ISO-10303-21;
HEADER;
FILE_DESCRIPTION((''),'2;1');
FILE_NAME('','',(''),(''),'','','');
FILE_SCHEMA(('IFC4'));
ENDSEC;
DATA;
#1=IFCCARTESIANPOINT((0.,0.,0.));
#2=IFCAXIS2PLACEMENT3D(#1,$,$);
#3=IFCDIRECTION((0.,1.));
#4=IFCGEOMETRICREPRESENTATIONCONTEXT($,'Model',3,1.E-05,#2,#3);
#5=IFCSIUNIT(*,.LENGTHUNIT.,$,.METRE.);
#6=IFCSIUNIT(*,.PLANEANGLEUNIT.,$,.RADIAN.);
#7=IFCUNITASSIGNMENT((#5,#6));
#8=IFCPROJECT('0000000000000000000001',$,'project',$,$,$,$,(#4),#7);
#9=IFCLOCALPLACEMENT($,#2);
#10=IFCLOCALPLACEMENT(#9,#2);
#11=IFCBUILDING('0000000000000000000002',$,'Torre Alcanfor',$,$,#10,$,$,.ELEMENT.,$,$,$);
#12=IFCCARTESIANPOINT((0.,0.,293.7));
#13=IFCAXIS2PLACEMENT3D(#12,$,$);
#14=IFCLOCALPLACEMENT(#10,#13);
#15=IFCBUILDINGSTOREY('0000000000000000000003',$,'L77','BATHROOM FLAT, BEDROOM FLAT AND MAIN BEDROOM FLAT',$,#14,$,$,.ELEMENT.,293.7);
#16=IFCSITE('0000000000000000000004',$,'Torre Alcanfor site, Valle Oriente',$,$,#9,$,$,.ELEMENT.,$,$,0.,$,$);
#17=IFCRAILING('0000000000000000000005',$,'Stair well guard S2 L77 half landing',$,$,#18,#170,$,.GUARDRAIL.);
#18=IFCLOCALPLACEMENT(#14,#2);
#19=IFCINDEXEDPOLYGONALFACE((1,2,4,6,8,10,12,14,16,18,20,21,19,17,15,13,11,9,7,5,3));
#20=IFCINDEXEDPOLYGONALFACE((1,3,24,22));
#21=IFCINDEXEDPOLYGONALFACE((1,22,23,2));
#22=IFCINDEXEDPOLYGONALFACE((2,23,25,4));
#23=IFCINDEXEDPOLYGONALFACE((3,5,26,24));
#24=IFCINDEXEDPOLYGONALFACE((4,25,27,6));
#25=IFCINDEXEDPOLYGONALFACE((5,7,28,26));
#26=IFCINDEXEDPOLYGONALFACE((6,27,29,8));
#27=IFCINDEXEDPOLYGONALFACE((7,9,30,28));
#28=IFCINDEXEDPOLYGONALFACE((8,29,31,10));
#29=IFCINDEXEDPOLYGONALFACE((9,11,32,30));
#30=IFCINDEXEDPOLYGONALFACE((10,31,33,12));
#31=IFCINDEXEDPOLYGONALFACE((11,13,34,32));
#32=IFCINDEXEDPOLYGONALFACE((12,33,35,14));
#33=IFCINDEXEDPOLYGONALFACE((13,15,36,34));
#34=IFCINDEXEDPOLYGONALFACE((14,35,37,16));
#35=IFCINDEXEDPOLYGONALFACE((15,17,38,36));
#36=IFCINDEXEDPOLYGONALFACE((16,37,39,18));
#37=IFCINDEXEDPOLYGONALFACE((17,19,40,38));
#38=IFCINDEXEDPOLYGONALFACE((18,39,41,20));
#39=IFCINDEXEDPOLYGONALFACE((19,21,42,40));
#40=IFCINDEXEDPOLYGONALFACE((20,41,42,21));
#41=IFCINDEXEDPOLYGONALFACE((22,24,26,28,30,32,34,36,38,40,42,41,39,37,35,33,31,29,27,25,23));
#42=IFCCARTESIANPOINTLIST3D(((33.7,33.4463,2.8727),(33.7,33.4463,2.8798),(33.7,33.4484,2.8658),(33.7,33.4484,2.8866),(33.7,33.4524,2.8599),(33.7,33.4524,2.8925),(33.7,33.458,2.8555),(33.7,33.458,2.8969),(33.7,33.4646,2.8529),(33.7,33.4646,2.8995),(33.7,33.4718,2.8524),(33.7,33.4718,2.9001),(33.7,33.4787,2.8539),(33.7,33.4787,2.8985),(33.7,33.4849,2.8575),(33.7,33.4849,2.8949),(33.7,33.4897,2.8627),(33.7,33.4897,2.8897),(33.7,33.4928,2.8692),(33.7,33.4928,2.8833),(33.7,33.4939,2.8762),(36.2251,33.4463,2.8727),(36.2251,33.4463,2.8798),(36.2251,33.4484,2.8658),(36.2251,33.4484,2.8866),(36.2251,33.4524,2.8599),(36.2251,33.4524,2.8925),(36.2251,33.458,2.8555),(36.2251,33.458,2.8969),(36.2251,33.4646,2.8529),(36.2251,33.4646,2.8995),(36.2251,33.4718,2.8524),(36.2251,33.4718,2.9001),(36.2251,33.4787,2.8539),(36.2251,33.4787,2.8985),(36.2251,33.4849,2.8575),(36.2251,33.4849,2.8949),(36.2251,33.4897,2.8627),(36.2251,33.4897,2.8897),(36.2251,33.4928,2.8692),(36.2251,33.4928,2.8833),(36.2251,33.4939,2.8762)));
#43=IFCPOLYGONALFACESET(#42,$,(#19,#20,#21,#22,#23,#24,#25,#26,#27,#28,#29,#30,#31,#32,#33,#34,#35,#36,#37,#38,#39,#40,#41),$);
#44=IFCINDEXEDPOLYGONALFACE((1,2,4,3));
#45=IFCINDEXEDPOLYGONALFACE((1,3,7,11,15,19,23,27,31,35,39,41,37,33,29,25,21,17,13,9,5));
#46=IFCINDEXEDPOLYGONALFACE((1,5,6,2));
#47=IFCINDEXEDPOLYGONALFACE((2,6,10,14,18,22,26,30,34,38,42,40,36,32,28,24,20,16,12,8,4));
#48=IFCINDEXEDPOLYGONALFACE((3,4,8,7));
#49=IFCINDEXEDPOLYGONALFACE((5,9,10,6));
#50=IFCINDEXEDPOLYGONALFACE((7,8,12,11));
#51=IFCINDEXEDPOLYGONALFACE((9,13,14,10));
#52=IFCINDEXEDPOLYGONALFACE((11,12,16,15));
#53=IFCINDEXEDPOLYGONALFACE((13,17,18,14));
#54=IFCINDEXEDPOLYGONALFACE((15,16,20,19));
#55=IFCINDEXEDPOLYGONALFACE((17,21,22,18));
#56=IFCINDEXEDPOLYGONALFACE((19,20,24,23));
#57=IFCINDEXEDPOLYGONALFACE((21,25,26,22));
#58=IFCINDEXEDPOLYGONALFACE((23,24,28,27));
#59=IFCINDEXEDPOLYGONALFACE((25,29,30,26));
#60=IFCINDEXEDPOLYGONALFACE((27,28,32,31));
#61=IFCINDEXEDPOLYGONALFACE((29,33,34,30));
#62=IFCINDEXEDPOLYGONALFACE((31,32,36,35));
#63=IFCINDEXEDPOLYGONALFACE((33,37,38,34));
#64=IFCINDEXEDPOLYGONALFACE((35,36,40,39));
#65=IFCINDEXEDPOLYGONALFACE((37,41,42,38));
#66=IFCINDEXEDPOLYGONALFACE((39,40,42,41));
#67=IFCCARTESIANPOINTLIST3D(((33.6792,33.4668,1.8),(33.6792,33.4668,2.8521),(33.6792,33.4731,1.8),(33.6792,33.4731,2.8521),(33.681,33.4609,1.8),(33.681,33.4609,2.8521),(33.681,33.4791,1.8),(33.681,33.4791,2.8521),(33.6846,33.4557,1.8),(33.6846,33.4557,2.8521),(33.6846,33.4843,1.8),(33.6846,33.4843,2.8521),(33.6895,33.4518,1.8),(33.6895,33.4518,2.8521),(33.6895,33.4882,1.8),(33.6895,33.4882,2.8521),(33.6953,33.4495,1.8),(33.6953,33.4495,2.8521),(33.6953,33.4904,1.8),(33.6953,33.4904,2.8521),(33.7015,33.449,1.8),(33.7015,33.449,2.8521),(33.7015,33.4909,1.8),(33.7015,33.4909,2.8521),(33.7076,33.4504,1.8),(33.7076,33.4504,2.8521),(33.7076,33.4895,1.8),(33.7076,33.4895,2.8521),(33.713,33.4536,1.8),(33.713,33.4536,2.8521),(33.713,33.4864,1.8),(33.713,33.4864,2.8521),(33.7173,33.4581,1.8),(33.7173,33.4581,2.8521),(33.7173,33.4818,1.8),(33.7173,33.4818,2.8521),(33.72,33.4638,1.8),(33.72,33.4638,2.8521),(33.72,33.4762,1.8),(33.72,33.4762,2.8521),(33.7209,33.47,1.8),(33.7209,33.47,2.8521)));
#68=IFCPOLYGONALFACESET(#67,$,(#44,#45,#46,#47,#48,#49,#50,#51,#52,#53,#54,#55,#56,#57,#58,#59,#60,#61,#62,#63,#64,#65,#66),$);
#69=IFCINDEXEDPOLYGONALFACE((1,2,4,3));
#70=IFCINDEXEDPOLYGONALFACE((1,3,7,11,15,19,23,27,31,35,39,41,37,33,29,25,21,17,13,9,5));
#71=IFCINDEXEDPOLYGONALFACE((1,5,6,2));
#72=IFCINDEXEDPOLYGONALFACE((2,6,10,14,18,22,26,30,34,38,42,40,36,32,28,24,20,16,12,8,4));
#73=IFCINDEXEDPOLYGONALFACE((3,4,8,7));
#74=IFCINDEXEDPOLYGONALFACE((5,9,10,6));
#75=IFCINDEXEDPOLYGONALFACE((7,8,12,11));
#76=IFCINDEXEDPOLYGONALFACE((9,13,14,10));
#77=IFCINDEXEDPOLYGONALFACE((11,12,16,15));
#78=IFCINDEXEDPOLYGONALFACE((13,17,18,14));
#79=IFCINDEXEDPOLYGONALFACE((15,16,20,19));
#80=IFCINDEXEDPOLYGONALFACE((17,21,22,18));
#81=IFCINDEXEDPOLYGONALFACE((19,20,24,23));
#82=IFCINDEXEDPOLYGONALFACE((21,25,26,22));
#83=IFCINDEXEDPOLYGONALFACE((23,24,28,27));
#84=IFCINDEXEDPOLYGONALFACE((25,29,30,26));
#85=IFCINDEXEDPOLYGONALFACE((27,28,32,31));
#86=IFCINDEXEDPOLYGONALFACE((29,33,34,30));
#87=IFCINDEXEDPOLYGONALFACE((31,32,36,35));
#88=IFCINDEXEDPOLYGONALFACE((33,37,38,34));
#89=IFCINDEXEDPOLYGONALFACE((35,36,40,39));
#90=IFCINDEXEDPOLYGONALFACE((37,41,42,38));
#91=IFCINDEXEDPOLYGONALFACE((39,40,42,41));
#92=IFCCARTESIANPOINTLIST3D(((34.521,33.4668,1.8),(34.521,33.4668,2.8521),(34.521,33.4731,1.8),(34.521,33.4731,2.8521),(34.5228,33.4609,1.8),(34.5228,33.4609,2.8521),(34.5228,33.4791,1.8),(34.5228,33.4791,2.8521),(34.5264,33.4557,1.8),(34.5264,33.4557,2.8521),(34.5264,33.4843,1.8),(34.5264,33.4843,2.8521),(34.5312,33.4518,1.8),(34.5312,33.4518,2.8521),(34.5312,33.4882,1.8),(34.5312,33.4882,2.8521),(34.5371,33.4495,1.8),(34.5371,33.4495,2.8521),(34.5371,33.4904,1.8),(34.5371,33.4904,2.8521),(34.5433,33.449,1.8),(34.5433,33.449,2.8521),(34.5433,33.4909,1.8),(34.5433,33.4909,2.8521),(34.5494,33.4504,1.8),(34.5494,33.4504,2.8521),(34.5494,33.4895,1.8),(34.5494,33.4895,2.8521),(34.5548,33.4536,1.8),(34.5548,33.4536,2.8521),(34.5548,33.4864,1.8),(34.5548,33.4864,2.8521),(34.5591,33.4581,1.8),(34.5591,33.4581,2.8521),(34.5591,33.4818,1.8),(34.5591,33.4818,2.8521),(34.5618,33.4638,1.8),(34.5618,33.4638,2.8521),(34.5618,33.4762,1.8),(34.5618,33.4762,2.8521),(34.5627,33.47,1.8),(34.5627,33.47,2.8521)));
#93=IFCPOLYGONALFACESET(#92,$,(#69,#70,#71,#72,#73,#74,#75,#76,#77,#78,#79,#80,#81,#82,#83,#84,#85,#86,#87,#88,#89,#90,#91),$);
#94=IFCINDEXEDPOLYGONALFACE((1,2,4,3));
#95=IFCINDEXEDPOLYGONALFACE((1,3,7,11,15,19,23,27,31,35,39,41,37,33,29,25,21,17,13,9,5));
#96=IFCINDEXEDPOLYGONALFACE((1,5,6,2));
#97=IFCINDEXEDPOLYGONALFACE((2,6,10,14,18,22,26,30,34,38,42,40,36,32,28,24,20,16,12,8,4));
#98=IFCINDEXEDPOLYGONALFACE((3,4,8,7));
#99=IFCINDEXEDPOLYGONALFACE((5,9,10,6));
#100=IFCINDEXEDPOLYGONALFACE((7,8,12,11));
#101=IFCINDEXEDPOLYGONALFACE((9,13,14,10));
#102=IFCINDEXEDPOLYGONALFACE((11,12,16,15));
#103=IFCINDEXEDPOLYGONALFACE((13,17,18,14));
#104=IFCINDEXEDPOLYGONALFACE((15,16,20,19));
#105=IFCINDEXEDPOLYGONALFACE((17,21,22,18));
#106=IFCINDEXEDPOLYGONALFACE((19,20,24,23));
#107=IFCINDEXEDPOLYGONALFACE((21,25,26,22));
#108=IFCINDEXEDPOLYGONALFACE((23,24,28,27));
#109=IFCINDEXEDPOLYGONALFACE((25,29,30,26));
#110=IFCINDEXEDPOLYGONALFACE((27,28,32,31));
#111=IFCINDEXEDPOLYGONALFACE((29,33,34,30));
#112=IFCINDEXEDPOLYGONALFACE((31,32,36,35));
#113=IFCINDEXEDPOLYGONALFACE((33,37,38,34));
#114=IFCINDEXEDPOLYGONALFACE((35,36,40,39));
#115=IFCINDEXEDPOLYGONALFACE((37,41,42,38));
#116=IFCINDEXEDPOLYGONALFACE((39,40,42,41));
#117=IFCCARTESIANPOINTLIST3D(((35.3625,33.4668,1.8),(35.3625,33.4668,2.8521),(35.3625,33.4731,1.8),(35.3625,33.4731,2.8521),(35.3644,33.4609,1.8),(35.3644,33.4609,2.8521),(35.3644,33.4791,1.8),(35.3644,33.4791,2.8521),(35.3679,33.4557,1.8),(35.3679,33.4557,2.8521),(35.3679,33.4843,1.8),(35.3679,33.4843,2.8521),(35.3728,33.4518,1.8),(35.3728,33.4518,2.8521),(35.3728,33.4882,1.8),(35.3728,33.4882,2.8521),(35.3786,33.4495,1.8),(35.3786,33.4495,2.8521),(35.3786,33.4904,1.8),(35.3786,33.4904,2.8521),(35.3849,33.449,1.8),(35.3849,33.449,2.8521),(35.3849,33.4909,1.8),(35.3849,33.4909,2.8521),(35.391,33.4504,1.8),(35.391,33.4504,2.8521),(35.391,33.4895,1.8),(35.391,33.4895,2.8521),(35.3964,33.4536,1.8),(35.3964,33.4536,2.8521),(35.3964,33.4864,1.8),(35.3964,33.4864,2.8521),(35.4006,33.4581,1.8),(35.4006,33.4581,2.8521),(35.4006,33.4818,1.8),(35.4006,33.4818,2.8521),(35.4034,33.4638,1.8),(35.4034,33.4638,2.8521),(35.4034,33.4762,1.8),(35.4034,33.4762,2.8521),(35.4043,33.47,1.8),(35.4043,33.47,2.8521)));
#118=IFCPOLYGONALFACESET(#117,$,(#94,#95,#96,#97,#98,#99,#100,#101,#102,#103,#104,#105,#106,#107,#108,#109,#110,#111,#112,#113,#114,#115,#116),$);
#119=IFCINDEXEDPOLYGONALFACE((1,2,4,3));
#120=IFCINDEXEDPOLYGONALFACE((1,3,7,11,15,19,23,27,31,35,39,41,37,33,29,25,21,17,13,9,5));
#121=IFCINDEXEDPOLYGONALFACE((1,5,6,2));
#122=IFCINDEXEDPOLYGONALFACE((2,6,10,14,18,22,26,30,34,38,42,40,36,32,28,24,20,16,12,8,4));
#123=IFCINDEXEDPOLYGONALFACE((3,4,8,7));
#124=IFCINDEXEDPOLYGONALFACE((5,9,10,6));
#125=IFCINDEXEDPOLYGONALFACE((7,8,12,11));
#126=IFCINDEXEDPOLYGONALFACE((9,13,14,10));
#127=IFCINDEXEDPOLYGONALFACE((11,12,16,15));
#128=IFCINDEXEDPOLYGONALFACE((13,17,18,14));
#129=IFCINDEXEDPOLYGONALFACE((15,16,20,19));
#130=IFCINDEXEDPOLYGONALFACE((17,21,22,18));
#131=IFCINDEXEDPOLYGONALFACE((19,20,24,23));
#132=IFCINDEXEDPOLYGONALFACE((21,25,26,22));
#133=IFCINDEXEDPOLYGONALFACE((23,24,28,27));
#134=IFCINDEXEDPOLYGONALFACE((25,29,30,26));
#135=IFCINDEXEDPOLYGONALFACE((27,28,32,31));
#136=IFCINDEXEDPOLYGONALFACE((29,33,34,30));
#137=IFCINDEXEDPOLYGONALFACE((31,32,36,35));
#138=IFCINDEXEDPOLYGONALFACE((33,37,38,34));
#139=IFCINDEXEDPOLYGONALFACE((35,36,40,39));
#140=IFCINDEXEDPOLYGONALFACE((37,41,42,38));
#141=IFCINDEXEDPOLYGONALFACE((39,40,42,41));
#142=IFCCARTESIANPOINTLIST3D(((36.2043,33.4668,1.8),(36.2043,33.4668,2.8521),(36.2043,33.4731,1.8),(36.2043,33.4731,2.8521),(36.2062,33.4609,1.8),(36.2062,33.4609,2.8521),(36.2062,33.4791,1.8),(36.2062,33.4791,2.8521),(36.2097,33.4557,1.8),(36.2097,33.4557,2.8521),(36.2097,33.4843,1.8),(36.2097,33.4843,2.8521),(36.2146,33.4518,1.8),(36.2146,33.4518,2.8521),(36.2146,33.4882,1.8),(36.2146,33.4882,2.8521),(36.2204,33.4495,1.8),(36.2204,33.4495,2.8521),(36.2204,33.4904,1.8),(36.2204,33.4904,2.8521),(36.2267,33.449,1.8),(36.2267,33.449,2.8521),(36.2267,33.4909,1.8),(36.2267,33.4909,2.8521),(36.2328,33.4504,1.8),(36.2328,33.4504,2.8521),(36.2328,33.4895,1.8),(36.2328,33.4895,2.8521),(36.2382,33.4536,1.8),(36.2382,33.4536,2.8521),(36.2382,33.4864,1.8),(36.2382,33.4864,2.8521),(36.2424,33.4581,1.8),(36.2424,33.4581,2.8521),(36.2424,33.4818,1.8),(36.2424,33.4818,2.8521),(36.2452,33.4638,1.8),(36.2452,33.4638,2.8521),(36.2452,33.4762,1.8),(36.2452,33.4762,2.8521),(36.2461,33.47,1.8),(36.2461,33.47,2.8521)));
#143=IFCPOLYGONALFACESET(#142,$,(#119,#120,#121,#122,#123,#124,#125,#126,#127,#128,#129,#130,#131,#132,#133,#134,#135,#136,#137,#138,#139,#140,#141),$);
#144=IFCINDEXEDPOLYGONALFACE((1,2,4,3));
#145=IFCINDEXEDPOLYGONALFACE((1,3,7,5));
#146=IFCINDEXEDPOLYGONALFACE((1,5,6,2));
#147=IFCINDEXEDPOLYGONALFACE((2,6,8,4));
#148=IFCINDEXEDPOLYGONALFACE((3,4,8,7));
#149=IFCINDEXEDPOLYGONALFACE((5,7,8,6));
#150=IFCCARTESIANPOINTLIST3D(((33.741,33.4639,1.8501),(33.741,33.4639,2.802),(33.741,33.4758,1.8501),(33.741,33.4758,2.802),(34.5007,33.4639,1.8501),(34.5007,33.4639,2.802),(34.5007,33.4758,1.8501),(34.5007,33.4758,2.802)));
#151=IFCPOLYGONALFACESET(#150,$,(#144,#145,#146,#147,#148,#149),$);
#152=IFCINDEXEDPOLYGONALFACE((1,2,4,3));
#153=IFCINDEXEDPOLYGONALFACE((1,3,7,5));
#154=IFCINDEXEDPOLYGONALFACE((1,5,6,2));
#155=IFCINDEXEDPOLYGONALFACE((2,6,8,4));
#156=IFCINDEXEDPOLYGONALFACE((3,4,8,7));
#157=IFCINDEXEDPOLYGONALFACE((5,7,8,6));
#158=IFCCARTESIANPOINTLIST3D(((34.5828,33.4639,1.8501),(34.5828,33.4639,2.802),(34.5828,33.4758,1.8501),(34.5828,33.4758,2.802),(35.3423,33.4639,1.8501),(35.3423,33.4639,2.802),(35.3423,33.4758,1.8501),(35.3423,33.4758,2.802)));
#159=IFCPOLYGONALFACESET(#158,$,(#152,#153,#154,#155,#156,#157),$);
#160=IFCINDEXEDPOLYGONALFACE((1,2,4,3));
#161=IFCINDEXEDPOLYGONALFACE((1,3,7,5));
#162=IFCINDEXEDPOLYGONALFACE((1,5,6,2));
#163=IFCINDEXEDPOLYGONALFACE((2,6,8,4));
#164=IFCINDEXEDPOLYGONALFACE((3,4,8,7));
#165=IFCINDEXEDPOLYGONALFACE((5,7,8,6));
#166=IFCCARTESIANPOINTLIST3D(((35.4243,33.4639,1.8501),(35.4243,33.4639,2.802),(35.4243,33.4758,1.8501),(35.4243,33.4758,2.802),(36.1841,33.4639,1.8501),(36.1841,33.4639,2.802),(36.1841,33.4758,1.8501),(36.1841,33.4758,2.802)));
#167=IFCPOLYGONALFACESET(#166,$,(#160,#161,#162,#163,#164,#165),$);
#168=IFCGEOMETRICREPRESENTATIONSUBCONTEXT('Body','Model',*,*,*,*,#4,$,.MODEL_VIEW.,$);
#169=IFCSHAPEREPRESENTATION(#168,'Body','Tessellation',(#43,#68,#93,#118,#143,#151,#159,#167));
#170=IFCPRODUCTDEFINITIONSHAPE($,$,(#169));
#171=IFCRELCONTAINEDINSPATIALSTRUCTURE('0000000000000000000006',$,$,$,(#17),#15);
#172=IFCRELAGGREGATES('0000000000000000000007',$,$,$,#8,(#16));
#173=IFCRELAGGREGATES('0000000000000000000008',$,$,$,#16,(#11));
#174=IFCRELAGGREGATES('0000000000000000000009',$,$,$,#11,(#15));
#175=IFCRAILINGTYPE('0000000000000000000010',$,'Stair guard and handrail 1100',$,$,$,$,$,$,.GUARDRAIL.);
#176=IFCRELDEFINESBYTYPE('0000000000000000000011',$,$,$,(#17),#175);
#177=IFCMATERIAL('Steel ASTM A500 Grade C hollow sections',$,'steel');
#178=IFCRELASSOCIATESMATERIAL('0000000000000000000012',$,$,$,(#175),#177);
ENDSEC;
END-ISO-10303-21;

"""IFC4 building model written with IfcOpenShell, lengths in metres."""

from ifc_helpers import new_model, si_unit, direction, frame, origin, origin_2d, place, context, subcontext, project, spatial, polyline, circle, outline, extrude, material, type_object, element, save


model = new_model("IFC4")

# Units and contexts
model_context = context("Model", 3, precision=1e-05, world=origin(), true_north=direction((0.0, 1.0)))
body_context = subcontext(model_context, "Body", "Model", "MODEL_VIEW")
ifc_project = project(units=[si_unit("LENGTHUNIT", "METRE"), si_unit("PLANEANGLEUNIT", "RADIAN")], contexts=[model_context])

# Site, building, storey
site_placement = place(None, origin())
site = spatial("IfcSite", under=ifc_project, at=site_placement, Name="Torre Alcanfor site, Valle Oriente", CompositionType="ELEMENT", RefElevation=0.0)
building_placement = place(site_placement, origin())
building = spatial("IfcBuilding", under=site, at=building_placement, Name="Torre Alcanfor", CompositionType="ELEMENT")
storey_placement = place(building_placement, frame((0.0, 0.0, 293.7)))
storey = spatial("IfcBuildingStorey", under=building, at=storey_placement, Name="L77", Description="BATHROOM FLAT, BEDROOM FLAT AND MAIN BEDROOM FLAT", CompositionType="ELEMENT", Elevation=293.7)

# Railing
ifc_material_1 = material(Name="Steel ASTM A500 Grade C hollow sections", Category="steel")
railing_type_1 = type_object("IfcRailingType", Name="Stair guard and handrail 1100", PredefinedType="GUARDRAIL", material=ifc_material_1)
for number, where, name in (
    (1, (33.7, 33.47, 1.8), "Stair well guard S2 L77 half landing"),
):
    element("IfcRailing", number, at=place(storey_placement, frame(where)), inside=storey, type_object=railing_type_1, Name=name, PredefinedType="GUARDRAIL", context=body_context, shape_type="SweptSolid", body=[
        extrude(circle(Radius=0.0239, at=origin_2d()), frame((0.0, 0.0, 1.0762), z_axis=(1.0, 0.0, 0.0), x_axis=(0.0, 1.0, 0.0)), (0.0, 0.0, 1.0), 2.5251),
        extrude(circle(Radius=0.021, at=origin_2d()), origin(), (0.0, 0.0, 1.0), 1.052),
        extrude(circle(Radius=0.021, at=origin_2d()), frame((0.8418, 0.0, 0.0)), (0.0, 0.0, 1.0), 1.052),
        extrude(circle(Radius=0.021, at=origin_2d()), frame((1.6833, 0.0, 0.0)), (0.0, 0.0, 1.0), 1.052),
        extrude(circle(Radius=0.021, at=origin_2d()), frame((2.5251, 0.0, 0.0)), (0.0, 0.0, 1.0), 1.052),
        extrude(outline(polyline([(0.041, 0.05), (0.8008, 0.05), (0.8008, 1.002), (0.041, 1.002), (0.041, 0.05)])), frame((0.0, 0.0059, 0.0), z_axis=(0.0, -1.0, 0.0), x_axis=(1.0, 0.0, 0.0)), (0.0, 0.0, 1.0), 0.012),
        extrude(outline(polyline([(0.8828, 0.05), (1.6423, 0.05), (1.6423, 1.002), (0.8828, 1.002), (0.8828, 0.05)])), frame((0.0, 0.0059, 0.0), z_axis=(0.0, -1.0, 0.0), x_axis=(1.0, 0.0, 0.0)), (0.0, 0.0, 1.0), 0.012),
        extrude(outline(polyline([(1.7244, 0.05), (2.4841, 0.05), (2.4841, 1.002), (1.7244, 1.002), (1.7244, 0.05)])), frame((0.0, 0.0059, 0.0), z_axis=(0.0, -1.0, 0.0), x_axis=(1.0, 0.0, 0.0)), (0.0, 0.0, 1.0), 0.012),
    ])

save(model, "model.ifc")
